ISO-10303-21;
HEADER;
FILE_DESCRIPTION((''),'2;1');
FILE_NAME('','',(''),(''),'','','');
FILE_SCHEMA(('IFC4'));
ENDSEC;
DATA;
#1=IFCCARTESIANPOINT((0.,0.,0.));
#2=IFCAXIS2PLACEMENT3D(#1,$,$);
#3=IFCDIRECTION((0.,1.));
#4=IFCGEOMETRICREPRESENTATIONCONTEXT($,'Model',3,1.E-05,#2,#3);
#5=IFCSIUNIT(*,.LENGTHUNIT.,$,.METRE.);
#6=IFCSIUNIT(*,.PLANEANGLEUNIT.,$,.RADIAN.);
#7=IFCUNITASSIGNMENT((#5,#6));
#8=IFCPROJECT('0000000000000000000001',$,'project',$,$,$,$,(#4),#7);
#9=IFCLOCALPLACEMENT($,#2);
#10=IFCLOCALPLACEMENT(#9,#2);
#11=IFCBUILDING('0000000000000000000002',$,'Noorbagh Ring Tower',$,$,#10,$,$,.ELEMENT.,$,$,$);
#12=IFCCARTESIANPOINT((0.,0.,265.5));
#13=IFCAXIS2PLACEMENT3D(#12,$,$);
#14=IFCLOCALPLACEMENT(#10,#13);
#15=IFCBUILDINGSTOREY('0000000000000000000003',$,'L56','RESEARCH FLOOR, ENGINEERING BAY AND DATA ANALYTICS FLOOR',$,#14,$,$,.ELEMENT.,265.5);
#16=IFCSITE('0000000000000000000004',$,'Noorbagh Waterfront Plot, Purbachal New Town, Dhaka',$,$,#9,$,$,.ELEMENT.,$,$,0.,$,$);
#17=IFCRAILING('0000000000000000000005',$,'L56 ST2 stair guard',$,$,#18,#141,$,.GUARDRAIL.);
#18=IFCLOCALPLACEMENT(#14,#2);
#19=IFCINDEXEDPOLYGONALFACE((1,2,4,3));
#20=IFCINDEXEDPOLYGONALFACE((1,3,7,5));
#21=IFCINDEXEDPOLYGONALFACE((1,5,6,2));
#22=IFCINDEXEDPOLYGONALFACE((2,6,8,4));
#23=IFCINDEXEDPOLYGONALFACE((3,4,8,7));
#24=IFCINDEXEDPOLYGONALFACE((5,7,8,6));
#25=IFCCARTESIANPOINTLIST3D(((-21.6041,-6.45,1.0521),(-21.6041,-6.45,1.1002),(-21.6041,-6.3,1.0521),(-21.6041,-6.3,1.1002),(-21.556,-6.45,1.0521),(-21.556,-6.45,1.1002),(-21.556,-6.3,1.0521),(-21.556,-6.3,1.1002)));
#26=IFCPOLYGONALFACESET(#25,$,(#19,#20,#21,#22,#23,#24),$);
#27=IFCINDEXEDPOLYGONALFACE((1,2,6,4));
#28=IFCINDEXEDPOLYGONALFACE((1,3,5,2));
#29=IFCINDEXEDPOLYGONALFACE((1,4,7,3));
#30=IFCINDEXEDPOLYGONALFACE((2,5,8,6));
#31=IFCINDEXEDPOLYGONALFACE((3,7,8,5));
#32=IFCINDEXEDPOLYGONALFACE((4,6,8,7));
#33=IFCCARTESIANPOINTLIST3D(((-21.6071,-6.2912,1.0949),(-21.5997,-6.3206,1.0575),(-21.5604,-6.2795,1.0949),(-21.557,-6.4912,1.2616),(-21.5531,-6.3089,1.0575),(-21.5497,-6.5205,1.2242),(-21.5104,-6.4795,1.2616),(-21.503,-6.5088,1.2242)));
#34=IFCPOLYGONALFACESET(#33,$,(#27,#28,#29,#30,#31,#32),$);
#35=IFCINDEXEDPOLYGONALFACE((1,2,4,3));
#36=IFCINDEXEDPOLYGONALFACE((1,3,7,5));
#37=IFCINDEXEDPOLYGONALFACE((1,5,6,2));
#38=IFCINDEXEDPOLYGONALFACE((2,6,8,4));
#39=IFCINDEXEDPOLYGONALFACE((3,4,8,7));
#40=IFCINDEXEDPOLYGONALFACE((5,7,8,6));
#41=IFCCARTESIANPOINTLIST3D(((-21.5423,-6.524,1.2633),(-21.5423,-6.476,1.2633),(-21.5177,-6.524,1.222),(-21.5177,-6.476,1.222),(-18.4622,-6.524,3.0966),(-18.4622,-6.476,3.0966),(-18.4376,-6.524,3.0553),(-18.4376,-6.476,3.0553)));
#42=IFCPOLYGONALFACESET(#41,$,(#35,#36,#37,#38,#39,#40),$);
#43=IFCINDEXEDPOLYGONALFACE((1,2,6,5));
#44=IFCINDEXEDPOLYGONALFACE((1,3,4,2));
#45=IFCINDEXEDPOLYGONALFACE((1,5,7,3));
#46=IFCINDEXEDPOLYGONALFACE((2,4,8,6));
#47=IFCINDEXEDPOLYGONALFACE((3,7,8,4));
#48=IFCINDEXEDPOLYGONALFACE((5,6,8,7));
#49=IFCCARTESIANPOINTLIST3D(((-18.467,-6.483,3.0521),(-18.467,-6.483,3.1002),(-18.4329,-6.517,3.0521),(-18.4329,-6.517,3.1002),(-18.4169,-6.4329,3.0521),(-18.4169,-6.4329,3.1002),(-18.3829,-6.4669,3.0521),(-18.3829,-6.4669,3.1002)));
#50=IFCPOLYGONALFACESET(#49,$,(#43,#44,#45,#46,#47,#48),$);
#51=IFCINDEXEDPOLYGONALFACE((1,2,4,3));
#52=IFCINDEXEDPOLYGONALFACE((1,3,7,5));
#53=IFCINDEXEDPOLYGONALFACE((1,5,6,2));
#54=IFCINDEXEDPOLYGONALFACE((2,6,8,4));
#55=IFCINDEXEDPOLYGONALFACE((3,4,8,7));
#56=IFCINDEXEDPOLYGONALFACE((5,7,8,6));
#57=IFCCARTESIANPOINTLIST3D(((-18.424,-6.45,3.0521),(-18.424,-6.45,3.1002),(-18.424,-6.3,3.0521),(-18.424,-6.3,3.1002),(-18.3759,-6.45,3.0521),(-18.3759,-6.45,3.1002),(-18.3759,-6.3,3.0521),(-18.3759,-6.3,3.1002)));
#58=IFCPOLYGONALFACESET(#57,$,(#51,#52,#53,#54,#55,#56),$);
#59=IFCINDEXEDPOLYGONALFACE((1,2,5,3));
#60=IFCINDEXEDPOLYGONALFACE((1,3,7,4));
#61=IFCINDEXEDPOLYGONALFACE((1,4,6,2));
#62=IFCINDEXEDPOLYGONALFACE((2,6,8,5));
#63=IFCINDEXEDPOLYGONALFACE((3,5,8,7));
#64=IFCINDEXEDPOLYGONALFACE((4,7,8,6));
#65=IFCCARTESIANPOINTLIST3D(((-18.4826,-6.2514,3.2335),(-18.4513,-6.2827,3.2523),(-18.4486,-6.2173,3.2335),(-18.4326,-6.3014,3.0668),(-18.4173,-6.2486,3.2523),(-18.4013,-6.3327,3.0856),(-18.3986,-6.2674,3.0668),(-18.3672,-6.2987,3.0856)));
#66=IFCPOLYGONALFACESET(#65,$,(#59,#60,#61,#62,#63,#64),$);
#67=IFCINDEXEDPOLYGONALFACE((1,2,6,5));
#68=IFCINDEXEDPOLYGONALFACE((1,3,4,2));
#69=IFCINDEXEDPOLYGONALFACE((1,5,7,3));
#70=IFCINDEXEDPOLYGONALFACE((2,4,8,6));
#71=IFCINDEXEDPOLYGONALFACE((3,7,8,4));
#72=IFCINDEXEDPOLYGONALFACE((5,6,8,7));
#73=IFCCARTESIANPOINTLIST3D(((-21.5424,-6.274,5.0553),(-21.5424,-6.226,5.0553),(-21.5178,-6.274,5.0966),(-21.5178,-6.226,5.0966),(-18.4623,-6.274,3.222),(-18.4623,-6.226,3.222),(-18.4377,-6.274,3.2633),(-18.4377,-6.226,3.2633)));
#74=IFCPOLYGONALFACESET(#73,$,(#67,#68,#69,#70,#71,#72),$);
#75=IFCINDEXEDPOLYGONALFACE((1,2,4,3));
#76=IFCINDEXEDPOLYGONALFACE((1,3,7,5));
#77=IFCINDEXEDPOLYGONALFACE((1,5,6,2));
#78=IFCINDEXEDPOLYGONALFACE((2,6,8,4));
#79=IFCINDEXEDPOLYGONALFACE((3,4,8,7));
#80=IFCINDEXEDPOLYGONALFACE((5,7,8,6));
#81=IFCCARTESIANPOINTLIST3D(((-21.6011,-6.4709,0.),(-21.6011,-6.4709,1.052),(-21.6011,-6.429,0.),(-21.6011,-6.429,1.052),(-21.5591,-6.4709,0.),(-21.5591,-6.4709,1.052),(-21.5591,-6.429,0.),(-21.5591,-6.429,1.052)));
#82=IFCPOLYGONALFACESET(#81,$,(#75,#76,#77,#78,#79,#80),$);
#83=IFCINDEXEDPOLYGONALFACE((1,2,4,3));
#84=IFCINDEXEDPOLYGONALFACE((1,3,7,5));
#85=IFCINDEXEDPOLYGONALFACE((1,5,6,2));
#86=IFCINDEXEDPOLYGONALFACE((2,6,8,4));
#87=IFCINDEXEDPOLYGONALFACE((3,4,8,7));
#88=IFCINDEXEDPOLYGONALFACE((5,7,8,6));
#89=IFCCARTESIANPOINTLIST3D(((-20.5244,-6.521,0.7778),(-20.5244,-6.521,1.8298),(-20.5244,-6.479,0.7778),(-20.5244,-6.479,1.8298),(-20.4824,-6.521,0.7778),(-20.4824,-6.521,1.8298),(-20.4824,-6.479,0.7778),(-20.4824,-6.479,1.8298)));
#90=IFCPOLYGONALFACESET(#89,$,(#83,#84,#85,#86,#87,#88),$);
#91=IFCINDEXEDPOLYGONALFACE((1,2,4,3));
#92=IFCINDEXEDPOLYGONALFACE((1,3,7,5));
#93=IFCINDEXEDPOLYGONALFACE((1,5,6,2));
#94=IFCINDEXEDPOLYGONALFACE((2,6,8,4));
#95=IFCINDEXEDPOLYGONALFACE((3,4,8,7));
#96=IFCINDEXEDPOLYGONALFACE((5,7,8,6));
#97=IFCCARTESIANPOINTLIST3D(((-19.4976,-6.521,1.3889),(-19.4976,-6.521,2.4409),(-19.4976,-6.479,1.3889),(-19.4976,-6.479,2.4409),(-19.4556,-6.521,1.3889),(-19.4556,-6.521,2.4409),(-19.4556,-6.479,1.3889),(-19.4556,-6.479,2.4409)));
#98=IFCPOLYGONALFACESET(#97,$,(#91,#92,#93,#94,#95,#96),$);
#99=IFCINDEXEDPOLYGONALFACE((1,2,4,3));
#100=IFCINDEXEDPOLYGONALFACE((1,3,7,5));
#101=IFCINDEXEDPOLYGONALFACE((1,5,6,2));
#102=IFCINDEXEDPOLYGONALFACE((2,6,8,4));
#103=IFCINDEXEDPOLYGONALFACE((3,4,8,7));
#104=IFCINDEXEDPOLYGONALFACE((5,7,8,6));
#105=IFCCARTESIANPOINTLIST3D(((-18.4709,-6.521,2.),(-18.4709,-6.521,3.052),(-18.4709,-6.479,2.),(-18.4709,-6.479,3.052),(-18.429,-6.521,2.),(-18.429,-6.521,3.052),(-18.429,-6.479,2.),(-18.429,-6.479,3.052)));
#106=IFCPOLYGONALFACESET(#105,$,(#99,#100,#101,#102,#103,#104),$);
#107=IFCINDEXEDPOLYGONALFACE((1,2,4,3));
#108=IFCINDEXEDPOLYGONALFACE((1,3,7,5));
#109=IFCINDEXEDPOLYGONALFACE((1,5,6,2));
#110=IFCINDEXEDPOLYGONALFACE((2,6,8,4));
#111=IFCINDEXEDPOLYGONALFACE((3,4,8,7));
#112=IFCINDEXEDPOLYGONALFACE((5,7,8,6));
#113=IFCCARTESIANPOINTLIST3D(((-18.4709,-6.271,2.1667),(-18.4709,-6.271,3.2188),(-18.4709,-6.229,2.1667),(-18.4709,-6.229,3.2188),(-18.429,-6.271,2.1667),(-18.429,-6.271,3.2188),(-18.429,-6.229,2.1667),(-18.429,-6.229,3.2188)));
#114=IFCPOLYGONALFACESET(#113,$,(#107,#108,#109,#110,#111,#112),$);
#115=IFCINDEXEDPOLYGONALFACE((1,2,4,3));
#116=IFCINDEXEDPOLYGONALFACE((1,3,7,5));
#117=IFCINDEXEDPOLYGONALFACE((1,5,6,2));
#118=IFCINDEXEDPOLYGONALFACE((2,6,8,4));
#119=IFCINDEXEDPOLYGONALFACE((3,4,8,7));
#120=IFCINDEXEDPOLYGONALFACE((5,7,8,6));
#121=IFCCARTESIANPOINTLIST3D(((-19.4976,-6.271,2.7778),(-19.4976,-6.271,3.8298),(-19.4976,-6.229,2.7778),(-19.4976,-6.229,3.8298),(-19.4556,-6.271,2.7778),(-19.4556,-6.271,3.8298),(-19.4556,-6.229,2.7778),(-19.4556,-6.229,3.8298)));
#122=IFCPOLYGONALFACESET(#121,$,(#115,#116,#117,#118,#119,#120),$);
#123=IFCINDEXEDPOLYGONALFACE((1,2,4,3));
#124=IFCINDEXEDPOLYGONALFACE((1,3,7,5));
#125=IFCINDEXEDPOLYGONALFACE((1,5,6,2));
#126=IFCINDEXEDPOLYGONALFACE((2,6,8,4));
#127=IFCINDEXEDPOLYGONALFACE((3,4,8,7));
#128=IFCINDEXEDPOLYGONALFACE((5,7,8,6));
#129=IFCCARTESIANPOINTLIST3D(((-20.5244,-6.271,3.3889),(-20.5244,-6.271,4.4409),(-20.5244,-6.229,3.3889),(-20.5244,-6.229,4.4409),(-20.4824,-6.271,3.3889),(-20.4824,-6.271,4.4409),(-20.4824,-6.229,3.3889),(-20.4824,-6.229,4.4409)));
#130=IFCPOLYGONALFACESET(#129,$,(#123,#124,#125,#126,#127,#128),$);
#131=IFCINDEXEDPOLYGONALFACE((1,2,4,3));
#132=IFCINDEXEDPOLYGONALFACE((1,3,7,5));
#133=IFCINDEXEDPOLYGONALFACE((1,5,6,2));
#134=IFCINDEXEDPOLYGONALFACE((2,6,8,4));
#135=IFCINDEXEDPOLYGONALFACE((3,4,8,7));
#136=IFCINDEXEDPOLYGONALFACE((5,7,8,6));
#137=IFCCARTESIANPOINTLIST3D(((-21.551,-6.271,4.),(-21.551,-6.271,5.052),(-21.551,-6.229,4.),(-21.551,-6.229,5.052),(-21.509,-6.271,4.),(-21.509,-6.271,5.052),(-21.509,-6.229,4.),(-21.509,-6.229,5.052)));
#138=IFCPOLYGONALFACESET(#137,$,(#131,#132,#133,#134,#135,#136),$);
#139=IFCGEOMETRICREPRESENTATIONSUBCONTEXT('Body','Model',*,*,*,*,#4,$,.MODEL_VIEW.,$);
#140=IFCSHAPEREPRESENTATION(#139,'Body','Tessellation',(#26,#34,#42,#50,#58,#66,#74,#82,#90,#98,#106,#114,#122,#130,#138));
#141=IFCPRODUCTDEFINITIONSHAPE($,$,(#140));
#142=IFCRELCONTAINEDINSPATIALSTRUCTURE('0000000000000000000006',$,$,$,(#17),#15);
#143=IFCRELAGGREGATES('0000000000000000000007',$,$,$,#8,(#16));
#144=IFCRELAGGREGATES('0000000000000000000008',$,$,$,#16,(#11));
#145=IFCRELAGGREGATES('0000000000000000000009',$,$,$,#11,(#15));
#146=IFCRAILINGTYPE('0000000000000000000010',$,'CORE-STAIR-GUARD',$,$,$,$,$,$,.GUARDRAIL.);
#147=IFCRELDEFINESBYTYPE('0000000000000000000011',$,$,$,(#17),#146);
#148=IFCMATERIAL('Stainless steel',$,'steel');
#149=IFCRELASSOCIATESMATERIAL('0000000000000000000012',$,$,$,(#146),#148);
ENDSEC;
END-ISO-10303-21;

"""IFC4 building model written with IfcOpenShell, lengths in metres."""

from ifc_helpers import new_model, si_unit, direction, frame, origin, origin_2d, place, context, subcontext, project, spatial, rectangle, extrude, material, type_object, element, save


model = new_model("IFC4")

# Units and contexts
model_context = context("Model", 3, precision=1e-05, world=origin(), true_north=direction((0.0, 1.0)))
body_context = subcontext(model_context, "Body", "Model", "MODEL_VIEW")
ifc_project = project(units=[si_unit("LENGTHUNIT", "METRE"), si_unit("PLANEANGLEUNIT", "RADIAN")], contexts=[model_context])

# Site, building, storey
site_placement = place(None, origin())
site = spatial("IfcSite", under=ifc_project, at=site_placement, Name="Noorbagh Waterfront Plot, Purbachal New Town, Dhaka", CompositionType="ELEMENT", RefElevation=0.0)
building_placement = place(site_placement, origin())
building = spatial("IfcBuilding", under=site, at=building_placement, Name="Noorbagh Ring Tower", CompositionType="ELEMENT")
storey_placement = place(building_placement, frame((0.0, 0.0, 265.5)))
storey = spatial("IfcBuildingStorey", under=building, at=storey_placement, Name="L56", Description="RESEARCH FLOOR, ENGINEERING BAY AND DATA ANALYTICS FLOOR", CompositionType="ELEMENT", Elevation=265.5)

# Railing
ifc_material_1 = material(Name="Stainless steel", Category="steel")
railing_type_1 = type_object("IfcRailingType", Name="CORE-STAIR-GUARD", PredefinedType="GUARDRAIL", material=ifc_material_1)
railing_1_placement = place(storey_placement, frame((-21.5801, -6.45, 0.0)))
element("IfcRailing", 1, at=railing_1_placement, inside=storey, type_object=railing_type_1, Name="L56 ST2 stair guard", PredefinedType="GUARDRAIL", context=body_context, shape_type="SweptSolid", body=[
    extrude(rectangle(XDim=0.0481, YDim=0.0481, at=origin_2d()), frame((0.0, 0.0, 1.0762), z_axis=(0.0, 1.0, 0.0), x_axis=(-1.0, 0.0, 0.0)), (0.0, 0.0, 1.0), 0.1499),
    extrude(rectangle(XDim=0.0481, YDim=0.0481, at=origin_2d()), frame((0.0, 0.1499, 1.0762), z_axis=(0.188776, -0.754182, 0.628946), x_axis=(0.970073, 0.242814, 0.0)), (0.0, 0.0, 1.0), 0.2651),
    extrude(rectangle(XDim=0.0481, YDim=0.0481, at=origin_2d()), frame((0.05, -0.05, 1.2427), z_axis=(0.859309, 0.0, 0.511458), x_axis=(0.0, 1.0, 0.0)), (0.0, 0.0, 1.0), 3.5845),
    extrude(rectangle(XDim=0.0481, YDim=0.0481, at=origin_2d()), frame((3.1301, -0.05, 3.0762), z_axis=(0.707107, 0.707107, 0.0), x_axis=(-0.707107, 0.707107, 0.0)), (0.0, 0.0, 1.0), 0.0708),
    extrude(rectangle(XDim=0.0481, YDim=0.0481, at=origin_2d()), frame((3.1802, 0.0, 3.0762), z_axis=(0.0, 1.0, 0.0), x_axis=(-1.0, 0.0, 0.0)), (0.0, 0.0, 1.0), 0.1499),
    extrude(rectangle(XDim=0.0481, YDim=0.0481, at=origin_2d()), frame((3.1802, 0.1499, 3.0762), z_axis=(-0.276287, 0.276287, 0.920506), x_axis=(-0.707107, -0.707107, 0.0)), (0.0, 0.0, 1.0), 0.1812),
    extrude(rectangle(XDim=0.0481, YDim=0.0481, at=origin_2d()), frame((3.1301, 0.2, 3.2427), z_axis=(-0.859309, 0.0, 0.511458), x_axis=(0.0, -1.0, 0.0)), (0.0, 0.0, 1.0), 3.5845),
    extrude(rectangle(XDim=0.042, YDim=0.042, at=origin_2d()), origin(), (0.0, 0.0, 1.0), 1.052),
    extrude(rectangle(XDim=0.042, YDim=0.042, at=origin_2d()), frame((1.0767, -0.05, 0.7778)), (0.0, 0.0, 1.0), 1.052),
    extrude(rectangle(XDim=0.042, YDim=0.042, at=origin_2d()), frame((2.1035, -0.05, 1.3889)), (0.0, 0.0, 1.0), 1.052),
    extrude(rectangle(XDim=0.042, YDim=0.042, at=origin_2d()), frame((3.1301, -0.05, 2.0)), (0.0, 0.0, 1.0), 1.052),
    extrude(rectangle(XDim=0.042, YDim=0.042, at=origin_2d()), frame((3.1301, 0.2, 2.1667)), (0.0, 0.0, 1.0), 1.052),
    extrude(rectangle(XDim=0.042, YDim=0.042, at=origin_2d()), frame((2.1035, 0.2, 2.7778)), (0.0, 0.0, 1.0), 1.052),
    extrude(rectangle(XDim=0.042, YDim=0.042, at=origin_2d()), frame((1.0767, 0.2, 3.3889)), (0.0, 0.0, 1.0), 1.052),
    extrude(rectangle(XDim=0.042, YDim=0.042, at=origin_2d()), frame((0.05, 0.2, 4.0)), (0.0, 0.0, 1.0), 1.052),
])

save(model, "model.ifc")
